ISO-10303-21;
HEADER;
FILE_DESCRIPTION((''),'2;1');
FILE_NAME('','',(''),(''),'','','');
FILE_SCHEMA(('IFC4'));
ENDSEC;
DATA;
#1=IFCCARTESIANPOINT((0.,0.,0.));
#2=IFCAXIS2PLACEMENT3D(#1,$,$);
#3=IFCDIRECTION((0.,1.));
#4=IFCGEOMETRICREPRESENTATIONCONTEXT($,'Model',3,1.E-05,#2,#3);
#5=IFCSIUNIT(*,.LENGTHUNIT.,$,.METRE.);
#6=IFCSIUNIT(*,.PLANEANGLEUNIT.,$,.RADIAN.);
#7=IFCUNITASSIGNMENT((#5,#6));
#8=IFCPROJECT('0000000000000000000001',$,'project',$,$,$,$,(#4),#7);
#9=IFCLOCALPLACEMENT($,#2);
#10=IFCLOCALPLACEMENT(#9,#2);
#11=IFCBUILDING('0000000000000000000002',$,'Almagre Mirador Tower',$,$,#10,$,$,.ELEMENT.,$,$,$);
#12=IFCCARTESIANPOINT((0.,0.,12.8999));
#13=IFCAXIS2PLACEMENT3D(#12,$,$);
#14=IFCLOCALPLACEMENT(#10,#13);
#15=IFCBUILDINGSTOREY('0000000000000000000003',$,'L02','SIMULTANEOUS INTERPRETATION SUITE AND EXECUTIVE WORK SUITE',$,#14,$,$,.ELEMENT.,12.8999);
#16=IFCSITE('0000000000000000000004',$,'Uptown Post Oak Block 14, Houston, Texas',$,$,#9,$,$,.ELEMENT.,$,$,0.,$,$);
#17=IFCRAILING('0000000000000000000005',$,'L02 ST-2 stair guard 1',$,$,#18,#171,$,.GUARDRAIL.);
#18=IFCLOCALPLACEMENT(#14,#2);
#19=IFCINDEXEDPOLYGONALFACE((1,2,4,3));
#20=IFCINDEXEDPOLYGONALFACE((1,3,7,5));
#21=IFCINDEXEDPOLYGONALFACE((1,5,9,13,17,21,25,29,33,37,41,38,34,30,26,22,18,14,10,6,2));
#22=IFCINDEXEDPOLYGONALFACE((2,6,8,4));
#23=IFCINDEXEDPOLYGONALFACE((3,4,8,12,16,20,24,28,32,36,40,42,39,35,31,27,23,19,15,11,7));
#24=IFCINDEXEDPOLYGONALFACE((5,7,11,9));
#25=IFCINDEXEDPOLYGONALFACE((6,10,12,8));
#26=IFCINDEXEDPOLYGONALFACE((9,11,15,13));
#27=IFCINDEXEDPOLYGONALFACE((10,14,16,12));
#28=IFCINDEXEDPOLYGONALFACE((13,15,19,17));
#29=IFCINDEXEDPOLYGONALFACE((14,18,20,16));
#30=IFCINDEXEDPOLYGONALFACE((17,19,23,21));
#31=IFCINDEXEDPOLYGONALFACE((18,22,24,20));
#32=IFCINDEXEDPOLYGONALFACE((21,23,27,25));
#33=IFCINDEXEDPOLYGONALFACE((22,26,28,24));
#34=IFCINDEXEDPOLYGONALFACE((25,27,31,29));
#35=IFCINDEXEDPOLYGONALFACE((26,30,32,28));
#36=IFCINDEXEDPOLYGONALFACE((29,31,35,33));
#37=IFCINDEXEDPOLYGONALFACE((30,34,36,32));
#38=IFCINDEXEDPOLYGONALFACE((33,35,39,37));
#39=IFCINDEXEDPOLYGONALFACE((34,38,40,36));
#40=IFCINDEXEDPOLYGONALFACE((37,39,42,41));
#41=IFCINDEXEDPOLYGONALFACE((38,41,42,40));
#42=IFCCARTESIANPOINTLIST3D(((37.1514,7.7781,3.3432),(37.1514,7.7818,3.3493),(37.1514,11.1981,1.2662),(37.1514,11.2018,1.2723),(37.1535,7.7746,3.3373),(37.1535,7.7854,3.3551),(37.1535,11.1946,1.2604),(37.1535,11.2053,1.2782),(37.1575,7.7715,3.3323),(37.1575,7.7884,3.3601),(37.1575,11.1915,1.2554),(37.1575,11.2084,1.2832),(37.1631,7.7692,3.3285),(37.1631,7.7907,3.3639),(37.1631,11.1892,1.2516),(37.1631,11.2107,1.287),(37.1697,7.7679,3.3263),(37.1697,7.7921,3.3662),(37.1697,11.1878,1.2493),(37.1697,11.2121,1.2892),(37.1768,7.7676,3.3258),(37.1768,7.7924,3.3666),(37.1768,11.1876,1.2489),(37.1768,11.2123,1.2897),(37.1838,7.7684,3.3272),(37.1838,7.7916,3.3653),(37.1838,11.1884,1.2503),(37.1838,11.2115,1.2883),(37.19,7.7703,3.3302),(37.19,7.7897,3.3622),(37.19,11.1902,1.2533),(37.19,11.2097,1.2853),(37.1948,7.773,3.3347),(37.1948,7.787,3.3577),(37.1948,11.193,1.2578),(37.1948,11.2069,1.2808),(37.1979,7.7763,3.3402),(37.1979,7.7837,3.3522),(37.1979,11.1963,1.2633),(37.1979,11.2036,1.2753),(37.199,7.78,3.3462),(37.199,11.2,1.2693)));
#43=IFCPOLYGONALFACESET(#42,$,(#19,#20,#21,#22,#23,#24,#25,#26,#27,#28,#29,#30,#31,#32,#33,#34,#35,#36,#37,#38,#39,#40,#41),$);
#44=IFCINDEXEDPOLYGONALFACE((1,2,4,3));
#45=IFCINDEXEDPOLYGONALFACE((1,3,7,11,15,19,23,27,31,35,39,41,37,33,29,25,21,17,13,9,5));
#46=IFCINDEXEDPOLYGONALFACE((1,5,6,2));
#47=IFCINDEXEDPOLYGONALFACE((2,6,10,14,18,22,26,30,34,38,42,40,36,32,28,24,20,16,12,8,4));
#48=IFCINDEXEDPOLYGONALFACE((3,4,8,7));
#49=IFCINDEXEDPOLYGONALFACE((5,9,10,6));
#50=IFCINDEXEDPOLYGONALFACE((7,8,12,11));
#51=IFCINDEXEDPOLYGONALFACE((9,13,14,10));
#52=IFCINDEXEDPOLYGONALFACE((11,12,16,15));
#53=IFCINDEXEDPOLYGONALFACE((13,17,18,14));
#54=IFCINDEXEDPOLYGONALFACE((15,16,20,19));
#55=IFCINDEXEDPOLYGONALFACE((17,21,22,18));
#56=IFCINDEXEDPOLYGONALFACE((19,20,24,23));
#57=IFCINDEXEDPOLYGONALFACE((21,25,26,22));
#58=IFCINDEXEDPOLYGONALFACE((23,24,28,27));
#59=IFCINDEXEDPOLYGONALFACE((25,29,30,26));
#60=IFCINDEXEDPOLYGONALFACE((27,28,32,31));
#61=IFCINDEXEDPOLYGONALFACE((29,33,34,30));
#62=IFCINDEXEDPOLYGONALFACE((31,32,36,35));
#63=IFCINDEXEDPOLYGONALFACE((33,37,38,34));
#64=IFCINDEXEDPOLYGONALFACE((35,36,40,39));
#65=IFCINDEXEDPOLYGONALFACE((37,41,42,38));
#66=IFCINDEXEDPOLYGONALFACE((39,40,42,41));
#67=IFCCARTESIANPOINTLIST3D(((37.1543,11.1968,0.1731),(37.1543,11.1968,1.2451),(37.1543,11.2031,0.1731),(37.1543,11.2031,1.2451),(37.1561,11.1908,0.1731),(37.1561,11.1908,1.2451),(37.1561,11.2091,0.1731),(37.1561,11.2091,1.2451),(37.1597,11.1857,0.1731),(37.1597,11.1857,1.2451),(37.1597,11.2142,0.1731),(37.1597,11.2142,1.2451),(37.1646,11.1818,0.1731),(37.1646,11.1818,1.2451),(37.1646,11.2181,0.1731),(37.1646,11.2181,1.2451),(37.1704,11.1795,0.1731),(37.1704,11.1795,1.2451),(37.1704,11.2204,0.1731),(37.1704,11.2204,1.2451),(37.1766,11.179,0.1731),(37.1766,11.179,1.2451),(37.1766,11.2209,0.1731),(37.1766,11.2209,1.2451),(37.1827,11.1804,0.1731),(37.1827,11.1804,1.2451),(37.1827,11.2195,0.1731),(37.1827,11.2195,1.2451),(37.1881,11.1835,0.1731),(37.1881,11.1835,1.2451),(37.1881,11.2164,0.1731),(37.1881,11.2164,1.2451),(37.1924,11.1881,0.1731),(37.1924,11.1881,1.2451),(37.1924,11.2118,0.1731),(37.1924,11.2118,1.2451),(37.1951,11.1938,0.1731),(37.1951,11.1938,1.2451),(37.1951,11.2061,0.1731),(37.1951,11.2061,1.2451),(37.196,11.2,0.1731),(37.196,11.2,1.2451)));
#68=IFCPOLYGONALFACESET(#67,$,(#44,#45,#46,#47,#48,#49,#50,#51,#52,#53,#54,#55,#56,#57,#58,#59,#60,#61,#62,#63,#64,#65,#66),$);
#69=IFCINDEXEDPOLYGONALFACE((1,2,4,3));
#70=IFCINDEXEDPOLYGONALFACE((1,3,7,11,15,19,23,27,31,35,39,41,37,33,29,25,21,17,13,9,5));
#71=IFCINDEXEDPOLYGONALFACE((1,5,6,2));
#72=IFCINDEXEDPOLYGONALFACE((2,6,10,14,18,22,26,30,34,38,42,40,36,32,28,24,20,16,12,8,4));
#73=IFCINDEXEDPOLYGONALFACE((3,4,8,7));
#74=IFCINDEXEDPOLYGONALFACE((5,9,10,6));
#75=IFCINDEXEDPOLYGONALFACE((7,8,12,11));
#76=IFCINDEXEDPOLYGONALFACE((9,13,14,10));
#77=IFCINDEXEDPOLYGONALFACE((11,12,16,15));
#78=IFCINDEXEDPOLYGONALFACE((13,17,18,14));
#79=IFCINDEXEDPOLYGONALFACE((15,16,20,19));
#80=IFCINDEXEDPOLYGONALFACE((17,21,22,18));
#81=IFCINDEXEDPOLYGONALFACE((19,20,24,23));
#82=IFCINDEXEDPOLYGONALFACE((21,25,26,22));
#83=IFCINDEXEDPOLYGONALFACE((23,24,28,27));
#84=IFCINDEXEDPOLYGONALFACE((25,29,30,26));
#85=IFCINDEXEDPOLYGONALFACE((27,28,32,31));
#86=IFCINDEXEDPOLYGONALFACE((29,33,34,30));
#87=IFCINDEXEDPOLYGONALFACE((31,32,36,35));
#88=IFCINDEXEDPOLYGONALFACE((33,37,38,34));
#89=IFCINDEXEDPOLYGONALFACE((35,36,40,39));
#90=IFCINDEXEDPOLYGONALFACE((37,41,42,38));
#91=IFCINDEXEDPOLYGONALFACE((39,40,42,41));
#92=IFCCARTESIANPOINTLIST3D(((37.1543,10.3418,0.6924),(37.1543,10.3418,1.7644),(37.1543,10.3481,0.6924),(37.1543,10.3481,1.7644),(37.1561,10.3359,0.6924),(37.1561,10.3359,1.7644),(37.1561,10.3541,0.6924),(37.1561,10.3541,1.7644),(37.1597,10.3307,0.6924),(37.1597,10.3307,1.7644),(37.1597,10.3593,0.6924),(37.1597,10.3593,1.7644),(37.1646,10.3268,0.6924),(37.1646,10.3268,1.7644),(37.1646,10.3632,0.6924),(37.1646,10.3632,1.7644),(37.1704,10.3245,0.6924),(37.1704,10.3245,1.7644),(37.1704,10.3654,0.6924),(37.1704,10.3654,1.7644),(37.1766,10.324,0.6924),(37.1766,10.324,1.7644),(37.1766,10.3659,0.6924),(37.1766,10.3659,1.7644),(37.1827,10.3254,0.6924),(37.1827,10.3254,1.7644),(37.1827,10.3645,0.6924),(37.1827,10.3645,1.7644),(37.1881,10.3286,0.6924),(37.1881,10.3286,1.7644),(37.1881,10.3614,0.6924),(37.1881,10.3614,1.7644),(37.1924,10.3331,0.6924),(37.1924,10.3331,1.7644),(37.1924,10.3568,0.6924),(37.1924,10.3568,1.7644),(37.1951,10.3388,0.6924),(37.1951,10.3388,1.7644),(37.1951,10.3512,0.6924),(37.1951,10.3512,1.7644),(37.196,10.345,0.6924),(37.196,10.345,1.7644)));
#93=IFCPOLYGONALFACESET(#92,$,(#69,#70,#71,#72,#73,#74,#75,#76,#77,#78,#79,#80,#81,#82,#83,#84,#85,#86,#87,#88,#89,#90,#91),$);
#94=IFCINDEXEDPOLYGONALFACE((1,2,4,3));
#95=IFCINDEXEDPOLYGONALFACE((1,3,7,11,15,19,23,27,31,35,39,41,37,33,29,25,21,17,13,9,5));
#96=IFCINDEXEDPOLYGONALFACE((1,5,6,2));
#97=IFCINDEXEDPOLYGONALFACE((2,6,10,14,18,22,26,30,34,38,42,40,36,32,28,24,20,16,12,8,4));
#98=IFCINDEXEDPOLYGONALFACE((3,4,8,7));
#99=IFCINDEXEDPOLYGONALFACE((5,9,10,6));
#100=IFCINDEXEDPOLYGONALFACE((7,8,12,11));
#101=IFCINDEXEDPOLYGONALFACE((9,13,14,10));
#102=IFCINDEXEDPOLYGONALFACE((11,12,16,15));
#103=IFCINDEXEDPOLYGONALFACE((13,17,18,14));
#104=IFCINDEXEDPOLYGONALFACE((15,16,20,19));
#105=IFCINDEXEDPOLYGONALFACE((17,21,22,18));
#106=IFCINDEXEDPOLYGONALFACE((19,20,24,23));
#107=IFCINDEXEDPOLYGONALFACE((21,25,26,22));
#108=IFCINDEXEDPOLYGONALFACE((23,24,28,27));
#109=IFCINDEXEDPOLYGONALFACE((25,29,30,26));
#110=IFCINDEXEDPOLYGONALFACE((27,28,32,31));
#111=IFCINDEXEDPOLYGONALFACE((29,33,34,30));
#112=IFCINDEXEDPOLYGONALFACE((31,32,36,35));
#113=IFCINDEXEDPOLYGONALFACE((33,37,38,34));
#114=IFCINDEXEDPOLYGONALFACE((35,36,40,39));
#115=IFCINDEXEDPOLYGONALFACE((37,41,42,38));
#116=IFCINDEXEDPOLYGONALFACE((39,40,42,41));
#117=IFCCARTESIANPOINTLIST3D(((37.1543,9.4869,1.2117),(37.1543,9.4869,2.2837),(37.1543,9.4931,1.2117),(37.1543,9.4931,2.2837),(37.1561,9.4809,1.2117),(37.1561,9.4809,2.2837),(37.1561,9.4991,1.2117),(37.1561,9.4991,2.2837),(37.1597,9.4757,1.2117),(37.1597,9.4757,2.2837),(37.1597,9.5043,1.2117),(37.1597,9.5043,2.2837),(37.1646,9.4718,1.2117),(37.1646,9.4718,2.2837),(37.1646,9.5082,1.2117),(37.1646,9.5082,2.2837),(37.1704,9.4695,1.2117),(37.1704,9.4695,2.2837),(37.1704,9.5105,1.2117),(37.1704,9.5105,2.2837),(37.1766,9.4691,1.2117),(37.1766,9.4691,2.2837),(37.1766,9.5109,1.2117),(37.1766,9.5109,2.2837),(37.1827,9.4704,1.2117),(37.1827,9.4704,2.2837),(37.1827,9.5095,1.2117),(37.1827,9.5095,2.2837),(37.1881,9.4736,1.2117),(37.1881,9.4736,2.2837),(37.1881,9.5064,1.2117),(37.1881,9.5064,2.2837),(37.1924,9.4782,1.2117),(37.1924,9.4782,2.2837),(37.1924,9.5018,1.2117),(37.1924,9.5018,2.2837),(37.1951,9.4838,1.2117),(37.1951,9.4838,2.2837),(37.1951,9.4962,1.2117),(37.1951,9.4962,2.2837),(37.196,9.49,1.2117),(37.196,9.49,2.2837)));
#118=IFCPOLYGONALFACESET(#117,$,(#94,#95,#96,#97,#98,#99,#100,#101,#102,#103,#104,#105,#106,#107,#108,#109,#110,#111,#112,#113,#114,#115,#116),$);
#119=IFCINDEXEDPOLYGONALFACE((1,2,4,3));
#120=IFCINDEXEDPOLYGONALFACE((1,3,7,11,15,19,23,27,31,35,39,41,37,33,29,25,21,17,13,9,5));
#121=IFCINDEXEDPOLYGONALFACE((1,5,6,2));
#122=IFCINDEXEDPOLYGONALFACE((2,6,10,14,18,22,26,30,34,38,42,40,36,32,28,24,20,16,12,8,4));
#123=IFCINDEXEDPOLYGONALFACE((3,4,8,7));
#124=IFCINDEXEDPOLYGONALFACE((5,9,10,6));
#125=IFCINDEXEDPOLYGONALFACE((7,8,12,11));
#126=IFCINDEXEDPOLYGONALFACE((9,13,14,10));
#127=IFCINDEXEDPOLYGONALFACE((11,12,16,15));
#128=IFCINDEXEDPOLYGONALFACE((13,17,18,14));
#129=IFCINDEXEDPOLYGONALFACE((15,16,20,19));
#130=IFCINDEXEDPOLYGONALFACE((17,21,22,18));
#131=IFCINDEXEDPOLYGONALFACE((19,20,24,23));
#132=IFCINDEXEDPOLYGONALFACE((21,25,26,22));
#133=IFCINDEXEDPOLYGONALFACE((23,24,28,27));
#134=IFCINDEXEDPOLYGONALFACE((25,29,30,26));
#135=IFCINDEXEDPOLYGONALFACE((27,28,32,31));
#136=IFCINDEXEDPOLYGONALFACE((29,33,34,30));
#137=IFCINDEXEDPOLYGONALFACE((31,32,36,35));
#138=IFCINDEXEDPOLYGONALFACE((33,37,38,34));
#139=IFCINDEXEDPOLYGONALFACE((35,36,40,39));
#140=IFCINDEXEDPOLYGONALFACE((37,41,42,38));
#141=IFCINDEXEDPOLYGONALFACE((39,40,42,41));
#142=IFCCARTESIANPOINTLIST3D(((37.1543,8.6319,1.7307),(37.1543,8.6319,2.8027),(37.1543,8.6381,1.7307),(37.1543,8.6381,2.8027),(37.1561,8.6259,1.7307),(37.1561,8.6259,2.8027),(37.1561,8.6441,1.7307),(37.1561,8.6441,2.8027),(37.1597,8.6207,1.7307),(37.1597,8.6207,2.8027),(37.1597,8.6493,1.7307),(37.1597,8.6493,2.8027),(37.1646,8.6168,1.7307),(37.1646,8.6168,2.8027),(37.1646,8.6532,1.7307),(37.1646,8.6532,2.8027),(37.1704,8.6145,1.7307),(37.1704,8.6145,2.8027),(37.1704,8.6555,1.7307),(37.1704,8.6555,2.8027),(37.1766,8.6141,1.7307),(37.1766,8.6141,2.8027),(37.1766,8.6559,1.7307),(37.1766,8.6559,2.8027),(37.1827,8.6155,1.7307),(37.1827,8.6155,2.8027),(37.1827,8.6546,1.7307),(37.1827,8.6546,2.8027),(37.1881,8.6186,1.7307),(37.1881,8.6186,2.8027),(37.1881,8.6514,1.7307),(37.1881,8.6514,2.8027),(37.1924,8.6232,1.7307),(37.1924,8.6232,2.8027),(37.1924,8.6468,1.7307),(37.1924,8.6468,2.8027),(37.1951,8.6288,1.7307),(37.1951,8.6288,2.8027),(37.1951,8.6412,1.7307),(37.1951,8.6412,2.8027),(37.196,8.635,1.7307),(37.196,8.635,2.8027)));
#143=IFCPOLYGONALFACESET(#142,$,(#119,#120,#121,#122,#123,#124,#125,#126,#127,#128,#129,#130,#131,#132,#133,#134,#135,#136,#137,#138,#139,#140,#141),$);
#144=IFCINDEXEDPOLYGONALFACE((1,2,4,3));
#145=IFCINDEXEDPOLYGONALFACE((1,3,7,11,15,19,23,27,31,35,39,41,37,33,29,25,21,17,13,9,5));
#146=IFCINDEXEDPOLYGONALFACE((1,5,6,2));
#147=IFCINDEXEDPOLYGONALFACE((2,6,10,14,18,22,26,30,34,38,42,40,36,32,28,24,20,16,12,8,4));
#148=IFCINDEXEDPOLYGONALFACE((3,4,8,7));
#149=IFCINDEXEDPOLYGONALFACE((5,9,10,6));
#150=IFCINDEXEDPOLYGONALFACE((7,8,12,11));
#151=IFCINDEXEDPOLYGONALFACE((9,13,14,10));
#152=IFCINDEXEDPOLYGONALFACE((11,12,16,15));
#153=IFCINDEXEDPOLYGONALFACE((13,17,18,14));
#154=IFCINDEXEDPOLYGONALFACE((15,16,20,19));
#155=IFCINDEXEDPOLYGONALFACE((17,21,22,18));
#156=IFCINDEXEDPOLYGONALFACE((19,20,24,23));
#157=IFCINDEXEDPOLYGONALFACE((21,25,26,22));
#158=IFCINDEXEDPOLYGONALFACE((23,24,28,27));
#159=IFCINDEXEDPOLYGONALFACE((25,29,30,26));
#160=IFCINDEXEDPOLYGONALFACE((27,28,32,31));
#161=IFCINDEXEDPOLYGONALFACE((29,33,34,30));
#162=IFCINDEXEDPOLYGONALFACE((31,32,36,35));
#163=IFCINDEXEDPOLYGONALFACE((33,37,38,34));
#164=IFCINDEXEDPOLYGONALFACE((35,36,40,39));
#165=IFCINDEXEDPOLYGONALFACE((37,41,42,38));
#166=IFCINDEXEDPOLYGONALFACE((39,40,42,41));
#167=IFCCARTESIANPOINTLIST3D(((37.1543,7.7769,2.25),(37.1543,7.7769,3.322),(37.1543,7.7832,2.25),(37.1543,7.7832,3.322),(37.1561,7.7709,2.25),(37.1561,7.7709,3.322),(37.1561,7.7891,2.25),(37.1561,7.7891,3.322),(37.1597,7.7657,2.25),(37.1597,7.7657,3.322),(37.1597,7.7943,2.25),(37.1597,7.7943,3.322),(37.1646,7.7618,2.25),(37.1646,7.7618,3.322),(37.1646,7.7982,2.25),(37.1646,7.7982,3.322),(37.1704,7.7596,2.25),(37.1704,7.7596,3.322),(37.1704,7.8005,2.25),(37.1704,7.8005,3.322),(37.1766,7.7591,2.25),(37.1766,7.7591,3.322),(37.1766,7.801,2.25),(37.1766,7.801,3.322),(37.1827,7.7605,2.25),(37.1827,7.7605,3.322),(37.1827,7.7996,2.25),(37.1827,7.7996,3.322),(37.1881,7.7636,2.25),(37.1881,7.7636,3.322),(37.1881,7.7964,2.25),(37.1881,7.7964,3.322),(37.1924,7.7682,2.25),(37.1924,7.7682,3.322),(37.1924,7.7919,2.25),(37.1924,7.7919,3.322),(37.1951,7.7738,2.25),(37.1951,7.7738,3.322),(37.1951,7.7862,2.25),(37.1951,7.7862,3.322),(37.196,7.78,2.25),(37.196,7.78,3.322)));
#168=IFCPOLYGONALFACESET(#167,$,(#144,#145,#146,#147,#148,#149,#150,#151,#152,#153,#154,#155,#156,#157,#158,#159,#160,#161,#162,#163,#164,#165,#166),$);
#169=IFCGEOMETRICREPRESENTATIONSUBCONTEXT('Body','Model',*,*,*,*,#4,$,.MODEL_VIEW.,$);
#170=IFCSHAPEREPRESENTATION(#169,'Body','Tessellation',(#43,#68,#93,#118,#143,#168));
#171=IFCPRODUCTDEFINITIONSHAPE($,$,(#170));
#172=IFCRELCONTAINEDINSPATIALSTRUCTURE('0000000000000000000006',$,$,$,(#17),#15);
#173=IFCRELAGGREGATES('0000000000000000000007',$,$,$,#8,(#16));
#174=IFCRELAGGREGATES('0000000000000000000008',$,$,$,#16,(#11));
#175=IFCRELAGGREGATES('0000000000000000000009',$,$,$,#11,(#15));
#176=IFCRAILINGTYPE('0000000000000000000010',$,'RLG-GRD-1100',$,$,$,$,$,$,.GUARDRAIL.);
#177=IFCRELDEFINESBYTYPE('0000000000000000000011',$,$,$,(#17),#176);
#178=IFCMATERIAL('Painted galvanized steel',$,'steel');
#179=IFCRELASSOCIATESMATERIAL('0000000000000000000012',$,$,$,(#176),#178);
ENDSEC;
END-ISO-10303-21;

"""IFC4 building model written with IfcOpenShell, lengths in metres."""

from ifc_helpers import new_model, si_unit, direction, frame, origin, origin_2d, place, context, subcontext, project, spatial, circle, extrude, material, type_object, element, save


model = new_model("IFC4")

# Units and contexts
model_context = context("Model", 3, precision=1e-05, world=origin(), true_north=direction((0.0, 1.0)))
body_context = subcontext(model_context, "Body", "Model", "MODEL_VIEW")
ifc_project = project(units=[si_unit("LENGTHUNIT", "METRE"), si_unit("PLANEANGLEUNIT", "RADIAN")], contexts=[model_context])

# Site, building, storey
site_placement = place(None, origin())
site = spatial("IfcSite", under=ifc_project, at=site_placement, Name="Uptown Post Oak Block 14, Houston, Texas", CompositionType="ELEMENT", RefElevation=0.0)
building_placement = place(site_placement, origin())
building = spatial("IfcBuilding", under=site, at=building_placement, Name="Almagre Mirador Tower", CompositionType="ELEMENT")
storey_placement = place(building_placement, frame((0.0, 0.0, 12.8999)))
storey = spatial("IfcBuildingStorey", under=building, at=storey_placement, Name="L02", Description="SIMULTANEOUS INTERPRETATION SUITE AND EXECUTIVE WORK SUITE", CompositionType="ELEMENT", Elevation=12.8999)

# Railing
ifc_material_1 = material(Name="Painted galvanized steel", Category="steel")
railing_type_1 = type_object("IfcRailingType", Name="RLG-GRD-1100", PredefinedType="GUARDRAIL", material=ifc_material_1)
railing_1_placement = place(storey_placement, frame((37.175, 11.2, 0.1731)))
element("IfcRailing", 1, at=railing_1_placement, inside=storey, type_object=railing_type_1, Name="L02 ST-2 stair guard 1", PredefinedType="GUARDRAIL", context=body_context, shape_type="SweptSolid", body=[
    extrude(circle(Radius=0.0239, at=origin_2d()), frame((0.0, 0.0, 1.0962), z_axis=(0.0, -0.85473, 0.519074), x_axis=(1.0, 0.0, 0.0)), (0.0, 0.0, 1.0), 4.0012),
    extrude(circle(Radius=0.021, at=origin_2d()), origin(), (0.0, 0.0, 1.0), 1.072),
    extrude(circle(Radius=0.021, at=origin_2d()), frame((0.0, -0.855, 0.5193)), (0.0, 0.0, 1.0), 1.072),
    extrude(circle(Radius=0.021, at=origin_2d()), frame((0.0, -1.71, 1.0386)), (0.0, 0.0, 1.0), 1.072),
    extrude(circle(Radius=0.021, at=origin_2d()), frame((0.0, -2.5649, 1.5576)), (0.0, 0.0, 1.0), 1.072),
    extrude(circle(Radius=0.021, at=origin_2d()), frame((0.0, -3.4199, 2.0769)), (0.0, 0.0, 1.0), 1.072),
])

save(model, "model.ifc")
